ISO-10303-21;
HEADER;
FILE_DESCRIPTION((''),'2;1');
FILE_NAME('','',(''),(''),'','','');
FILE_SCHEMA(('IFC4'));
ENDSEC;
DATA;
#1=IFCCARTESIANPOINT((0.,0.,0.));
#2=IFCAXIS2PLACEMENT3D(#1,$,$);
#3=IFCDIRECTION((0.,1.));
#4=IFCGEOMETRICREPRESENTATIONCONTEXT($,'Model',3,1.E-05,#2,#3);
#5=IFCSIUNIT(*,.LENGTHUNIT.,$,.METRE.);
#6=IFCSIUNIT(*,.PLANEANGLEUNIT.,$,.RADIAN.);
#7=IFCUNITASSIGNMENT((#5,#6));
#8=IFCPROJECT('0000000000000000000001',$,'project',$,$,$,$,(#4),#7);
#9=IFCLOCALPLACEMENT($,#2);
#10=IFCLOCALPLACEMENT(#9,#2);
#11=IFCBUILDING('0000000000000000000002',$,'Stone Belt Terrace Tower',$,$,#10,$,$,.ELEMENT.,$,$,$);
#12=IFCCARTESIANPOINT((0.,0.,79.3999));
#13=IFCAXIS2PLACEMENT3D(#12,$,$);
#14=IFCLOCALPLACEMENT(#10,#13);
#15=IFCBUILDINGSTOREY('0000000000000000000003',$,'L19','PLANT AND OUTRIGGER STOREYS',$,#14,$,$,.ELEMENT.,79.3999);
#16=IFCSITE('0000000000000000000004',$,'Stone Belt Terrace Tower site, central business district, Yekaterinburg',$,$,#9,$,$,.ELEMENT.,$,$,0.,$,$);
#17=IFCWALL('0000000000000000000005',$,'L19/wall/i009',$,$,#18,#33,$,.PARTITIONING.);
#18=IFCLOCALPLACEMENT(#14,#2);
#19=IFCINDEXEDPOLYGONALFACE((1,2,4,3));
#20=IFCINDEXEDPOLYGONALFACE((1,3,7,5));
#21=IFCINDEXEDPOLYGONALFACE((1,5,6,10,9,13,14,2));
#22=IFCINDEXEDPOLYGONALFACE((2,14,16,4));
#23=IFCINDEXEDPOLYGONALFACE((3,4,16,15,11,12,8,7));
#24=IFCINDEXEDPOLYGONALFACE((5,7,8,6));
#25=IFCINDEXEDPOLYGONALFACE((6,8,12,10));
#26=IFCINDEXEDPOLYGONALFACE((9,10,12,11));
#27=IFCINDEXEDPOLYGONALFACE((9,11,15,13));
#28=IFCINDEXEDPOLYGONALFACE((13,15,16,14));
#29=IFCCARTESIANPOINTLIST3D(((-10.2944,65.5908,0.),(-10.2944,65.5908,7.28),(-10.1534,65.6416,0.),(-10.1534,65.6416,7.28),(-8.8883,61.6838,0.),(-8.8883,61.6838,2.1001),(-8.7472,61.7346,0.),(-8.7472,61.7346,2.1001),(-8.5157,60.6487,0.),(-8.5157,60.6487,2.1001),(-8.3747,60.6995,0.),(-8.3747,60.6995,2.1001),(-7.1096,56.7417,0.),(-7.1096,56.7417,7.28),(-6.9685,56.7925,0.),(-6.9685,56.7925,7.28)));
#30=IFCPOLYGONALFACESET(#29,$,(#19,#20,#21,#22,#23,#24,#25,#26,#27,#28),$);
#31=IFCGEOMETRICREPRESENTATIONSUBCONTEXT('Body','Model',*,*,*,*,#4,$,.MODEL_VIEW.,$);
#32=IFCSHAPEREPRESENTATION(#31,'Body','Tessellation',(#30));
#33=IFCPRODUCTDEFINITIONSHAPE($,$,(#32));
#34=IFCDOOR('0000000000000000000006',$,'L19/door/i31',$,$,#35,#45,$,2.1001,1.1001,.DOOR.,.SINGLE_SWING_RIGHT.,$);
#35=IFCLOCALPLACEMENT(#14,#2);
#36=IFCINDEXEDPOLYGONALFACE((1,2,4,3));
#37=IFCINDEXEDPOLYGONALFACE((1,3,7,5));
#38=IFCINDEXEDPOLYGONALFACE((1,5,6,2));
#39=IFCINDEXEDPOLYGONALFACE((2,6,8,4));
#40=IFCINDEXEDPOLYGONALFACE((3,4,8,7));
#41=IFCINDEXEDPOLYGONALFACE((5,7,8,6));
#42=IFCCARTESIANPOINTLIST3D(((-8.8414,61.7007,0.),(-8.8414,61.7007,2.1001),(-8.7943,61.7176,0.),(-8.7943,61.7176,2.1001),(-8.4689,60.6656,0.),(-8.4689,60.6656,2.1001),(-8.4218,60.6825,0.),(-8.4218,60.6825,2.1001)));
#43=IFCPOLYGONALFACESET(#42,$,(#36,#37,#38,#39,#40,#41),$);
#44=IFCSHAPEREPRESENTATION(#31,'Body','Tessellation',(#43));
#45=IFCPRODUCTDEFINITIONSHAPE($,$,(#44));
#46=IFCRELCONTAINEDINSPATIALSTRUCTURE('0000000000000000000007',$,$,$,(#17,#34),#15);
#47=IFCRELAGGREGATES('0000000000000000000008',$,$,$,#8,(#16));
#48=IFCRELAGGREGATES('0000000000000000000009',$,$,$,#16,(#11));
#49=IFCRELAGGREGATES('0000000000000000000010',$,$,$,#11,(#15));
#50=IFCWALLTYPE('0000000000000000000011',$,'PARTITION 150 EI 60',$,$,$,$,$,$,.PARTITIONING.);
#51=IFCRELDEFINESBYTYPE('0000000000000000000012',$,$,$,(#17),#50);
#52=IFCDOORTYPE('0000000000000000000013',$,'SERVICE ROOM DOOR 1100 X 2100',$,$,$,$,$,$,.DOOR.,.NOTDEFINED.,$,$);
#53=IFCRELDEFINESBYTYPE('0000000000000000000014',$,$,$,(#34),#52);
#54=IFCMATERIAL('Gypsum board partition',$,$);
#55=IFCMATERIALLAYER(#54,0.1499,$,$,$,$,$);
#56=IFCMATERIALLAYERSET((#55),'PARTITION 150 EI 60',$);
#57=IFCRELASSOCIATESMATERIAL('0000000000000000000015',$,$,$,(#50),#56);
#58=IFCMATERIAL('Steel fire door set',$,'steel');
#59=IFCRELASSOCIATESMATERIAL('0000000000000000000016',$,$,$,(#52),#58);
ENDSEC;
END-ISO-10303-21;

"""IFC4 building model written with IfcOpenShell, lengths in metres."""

from ifc_helpers import new_model, si_unit, direction, frame, frame_2d, origin, place, context, subcontext, project, spatial, rectangle, extrude, material, layer, layer_set, type_object, element, fill, save


model = new_model("IFC4")

# Units and contexts
model_context = context("Model", 3, precision=1e-05, world=origin(), true_north=direction((0.0, 1.0)))
body_context = subcontext(model_context, "Body", "Model", "MODEL_VIEW")
ifc_project = project(units=[si_unit("LENGTHUNIT", "METRE"), si_unit("PLANEANGLEUNIT", "RADIAN")], contexts=[model_context])

# Site, building, storey
site_placement = place(None, origin())
site = spatial("IfcSite", under=ifc_project, at=site_placement, Name="Stone Belt Terrace Tower site, central business district, Yekaterinburg", CompositionType="ELEMENT", RefElevation=0.0)
building_placement = place(site_placement, origin())
building = spatial("IfcBuilding", under=site, at=building_placement, Name="Stone Belt Terrace Tower", CompositionType="ELEMENT")
storey_placement = place(building_placement, frame((0.0, 0.0, 79.3999)))
storey = spatial("IfcBuildingStorey", under=building, at=storey_placement, Name="L19", Description="PLANT AND OUTRIGGER STOREYS", CompositionType="ELEMENT", Elevation=79.3999)

# Wall, opening, door
ifc_material_1 = material(Name="Gypsum board partition")
ifc_layer_1 = layer(ifc_material_1, 0.1499)
ifc_layer_set_1 = layer_set([ifc_layer_1], Name="PARTITION 150 EI 60")
wall_type_1 = type_object("IfcWallType", Name="PARTITION 150 EI 60", PredefinedType="PARTITIONING", material=ifc_layer_set_1)
ifc_material_2 = material(Name="Steel fire door set", Category="steel")
door_type = type_object("IfcDoorType", Name="SERVICE ROOM DOOR 1100 X 2100", OperationType="NOTDEFINED", PredefinedType="DOOR", material=ifc_material_2)
wall_1_placement = place(storey_placement, frame((-10.2239, 65.6162, 0.0), z_axis=(0.0, 0.0, 1.0), x_axis=(0.338638, -0.940917, 0.0)))
wall_1 = element("IfcWall", 1, at=wall_1_placement, inside=storey, type_object=wall_type_1, Name="L19/wall/i009", PredefinedType="PARTITIONING", context=body_context, shape_type="SweptSolid", body=[
    extrude(rectangle(XDim=9.4048, YDim=0.1499, at=frame_2d((4.7024, 0.0))), origin(), (0.0, 0.0, 1.0), 7.28),
])
opening_1_placement = place(wall_1_placement, frame((4.1523, 0.0, 0.0)))
opening_1 = element("IfcOpeningElement", 2, at=opening_1_placement, cuts=wall_1, PredefinedType="OPENING", context=body_context, shape_type="SweptSolid", body=[
    extrude(rectangle(XDim=1.1001, YDim=2.1001, at=frame_2d((0.55, 1.05))), frame((0.0, 0.085, 0.0), z_axis=(0.0, -1.0, 0.0), x_axis=(1.0, 0.0, 0.0)), (0.0, 0.0, 1.0), 0.1699),
])
door_1_placement = place(opening_1_placement, origin())
door_1 = element("IfcDoor", 3, at=door_1_placement, inside=storey, type_object=door_type, Name="L19/door/i31", OperationType="SINGLE_SWING_RIGHT", OverallHeight=2.1001, OverallWidth=1.1001, PredefinedType="DOOR", context=body_context, shape_type="SweptSolid", body=[
    extrude(rectangle(XDim=1.1001, YDim=2.1001, at=frame_2d((0.55, 1.05))), frame((0.0, 0.0249, 0.0), z_axis=(0.0, -1.0, 0.0), x_axis=(1.0, 0.0, 0.0)), (0.0, 0.0, 1.0), 0.05),
])
fill(opening_1, door_1)

save(model, "model.ifc")
